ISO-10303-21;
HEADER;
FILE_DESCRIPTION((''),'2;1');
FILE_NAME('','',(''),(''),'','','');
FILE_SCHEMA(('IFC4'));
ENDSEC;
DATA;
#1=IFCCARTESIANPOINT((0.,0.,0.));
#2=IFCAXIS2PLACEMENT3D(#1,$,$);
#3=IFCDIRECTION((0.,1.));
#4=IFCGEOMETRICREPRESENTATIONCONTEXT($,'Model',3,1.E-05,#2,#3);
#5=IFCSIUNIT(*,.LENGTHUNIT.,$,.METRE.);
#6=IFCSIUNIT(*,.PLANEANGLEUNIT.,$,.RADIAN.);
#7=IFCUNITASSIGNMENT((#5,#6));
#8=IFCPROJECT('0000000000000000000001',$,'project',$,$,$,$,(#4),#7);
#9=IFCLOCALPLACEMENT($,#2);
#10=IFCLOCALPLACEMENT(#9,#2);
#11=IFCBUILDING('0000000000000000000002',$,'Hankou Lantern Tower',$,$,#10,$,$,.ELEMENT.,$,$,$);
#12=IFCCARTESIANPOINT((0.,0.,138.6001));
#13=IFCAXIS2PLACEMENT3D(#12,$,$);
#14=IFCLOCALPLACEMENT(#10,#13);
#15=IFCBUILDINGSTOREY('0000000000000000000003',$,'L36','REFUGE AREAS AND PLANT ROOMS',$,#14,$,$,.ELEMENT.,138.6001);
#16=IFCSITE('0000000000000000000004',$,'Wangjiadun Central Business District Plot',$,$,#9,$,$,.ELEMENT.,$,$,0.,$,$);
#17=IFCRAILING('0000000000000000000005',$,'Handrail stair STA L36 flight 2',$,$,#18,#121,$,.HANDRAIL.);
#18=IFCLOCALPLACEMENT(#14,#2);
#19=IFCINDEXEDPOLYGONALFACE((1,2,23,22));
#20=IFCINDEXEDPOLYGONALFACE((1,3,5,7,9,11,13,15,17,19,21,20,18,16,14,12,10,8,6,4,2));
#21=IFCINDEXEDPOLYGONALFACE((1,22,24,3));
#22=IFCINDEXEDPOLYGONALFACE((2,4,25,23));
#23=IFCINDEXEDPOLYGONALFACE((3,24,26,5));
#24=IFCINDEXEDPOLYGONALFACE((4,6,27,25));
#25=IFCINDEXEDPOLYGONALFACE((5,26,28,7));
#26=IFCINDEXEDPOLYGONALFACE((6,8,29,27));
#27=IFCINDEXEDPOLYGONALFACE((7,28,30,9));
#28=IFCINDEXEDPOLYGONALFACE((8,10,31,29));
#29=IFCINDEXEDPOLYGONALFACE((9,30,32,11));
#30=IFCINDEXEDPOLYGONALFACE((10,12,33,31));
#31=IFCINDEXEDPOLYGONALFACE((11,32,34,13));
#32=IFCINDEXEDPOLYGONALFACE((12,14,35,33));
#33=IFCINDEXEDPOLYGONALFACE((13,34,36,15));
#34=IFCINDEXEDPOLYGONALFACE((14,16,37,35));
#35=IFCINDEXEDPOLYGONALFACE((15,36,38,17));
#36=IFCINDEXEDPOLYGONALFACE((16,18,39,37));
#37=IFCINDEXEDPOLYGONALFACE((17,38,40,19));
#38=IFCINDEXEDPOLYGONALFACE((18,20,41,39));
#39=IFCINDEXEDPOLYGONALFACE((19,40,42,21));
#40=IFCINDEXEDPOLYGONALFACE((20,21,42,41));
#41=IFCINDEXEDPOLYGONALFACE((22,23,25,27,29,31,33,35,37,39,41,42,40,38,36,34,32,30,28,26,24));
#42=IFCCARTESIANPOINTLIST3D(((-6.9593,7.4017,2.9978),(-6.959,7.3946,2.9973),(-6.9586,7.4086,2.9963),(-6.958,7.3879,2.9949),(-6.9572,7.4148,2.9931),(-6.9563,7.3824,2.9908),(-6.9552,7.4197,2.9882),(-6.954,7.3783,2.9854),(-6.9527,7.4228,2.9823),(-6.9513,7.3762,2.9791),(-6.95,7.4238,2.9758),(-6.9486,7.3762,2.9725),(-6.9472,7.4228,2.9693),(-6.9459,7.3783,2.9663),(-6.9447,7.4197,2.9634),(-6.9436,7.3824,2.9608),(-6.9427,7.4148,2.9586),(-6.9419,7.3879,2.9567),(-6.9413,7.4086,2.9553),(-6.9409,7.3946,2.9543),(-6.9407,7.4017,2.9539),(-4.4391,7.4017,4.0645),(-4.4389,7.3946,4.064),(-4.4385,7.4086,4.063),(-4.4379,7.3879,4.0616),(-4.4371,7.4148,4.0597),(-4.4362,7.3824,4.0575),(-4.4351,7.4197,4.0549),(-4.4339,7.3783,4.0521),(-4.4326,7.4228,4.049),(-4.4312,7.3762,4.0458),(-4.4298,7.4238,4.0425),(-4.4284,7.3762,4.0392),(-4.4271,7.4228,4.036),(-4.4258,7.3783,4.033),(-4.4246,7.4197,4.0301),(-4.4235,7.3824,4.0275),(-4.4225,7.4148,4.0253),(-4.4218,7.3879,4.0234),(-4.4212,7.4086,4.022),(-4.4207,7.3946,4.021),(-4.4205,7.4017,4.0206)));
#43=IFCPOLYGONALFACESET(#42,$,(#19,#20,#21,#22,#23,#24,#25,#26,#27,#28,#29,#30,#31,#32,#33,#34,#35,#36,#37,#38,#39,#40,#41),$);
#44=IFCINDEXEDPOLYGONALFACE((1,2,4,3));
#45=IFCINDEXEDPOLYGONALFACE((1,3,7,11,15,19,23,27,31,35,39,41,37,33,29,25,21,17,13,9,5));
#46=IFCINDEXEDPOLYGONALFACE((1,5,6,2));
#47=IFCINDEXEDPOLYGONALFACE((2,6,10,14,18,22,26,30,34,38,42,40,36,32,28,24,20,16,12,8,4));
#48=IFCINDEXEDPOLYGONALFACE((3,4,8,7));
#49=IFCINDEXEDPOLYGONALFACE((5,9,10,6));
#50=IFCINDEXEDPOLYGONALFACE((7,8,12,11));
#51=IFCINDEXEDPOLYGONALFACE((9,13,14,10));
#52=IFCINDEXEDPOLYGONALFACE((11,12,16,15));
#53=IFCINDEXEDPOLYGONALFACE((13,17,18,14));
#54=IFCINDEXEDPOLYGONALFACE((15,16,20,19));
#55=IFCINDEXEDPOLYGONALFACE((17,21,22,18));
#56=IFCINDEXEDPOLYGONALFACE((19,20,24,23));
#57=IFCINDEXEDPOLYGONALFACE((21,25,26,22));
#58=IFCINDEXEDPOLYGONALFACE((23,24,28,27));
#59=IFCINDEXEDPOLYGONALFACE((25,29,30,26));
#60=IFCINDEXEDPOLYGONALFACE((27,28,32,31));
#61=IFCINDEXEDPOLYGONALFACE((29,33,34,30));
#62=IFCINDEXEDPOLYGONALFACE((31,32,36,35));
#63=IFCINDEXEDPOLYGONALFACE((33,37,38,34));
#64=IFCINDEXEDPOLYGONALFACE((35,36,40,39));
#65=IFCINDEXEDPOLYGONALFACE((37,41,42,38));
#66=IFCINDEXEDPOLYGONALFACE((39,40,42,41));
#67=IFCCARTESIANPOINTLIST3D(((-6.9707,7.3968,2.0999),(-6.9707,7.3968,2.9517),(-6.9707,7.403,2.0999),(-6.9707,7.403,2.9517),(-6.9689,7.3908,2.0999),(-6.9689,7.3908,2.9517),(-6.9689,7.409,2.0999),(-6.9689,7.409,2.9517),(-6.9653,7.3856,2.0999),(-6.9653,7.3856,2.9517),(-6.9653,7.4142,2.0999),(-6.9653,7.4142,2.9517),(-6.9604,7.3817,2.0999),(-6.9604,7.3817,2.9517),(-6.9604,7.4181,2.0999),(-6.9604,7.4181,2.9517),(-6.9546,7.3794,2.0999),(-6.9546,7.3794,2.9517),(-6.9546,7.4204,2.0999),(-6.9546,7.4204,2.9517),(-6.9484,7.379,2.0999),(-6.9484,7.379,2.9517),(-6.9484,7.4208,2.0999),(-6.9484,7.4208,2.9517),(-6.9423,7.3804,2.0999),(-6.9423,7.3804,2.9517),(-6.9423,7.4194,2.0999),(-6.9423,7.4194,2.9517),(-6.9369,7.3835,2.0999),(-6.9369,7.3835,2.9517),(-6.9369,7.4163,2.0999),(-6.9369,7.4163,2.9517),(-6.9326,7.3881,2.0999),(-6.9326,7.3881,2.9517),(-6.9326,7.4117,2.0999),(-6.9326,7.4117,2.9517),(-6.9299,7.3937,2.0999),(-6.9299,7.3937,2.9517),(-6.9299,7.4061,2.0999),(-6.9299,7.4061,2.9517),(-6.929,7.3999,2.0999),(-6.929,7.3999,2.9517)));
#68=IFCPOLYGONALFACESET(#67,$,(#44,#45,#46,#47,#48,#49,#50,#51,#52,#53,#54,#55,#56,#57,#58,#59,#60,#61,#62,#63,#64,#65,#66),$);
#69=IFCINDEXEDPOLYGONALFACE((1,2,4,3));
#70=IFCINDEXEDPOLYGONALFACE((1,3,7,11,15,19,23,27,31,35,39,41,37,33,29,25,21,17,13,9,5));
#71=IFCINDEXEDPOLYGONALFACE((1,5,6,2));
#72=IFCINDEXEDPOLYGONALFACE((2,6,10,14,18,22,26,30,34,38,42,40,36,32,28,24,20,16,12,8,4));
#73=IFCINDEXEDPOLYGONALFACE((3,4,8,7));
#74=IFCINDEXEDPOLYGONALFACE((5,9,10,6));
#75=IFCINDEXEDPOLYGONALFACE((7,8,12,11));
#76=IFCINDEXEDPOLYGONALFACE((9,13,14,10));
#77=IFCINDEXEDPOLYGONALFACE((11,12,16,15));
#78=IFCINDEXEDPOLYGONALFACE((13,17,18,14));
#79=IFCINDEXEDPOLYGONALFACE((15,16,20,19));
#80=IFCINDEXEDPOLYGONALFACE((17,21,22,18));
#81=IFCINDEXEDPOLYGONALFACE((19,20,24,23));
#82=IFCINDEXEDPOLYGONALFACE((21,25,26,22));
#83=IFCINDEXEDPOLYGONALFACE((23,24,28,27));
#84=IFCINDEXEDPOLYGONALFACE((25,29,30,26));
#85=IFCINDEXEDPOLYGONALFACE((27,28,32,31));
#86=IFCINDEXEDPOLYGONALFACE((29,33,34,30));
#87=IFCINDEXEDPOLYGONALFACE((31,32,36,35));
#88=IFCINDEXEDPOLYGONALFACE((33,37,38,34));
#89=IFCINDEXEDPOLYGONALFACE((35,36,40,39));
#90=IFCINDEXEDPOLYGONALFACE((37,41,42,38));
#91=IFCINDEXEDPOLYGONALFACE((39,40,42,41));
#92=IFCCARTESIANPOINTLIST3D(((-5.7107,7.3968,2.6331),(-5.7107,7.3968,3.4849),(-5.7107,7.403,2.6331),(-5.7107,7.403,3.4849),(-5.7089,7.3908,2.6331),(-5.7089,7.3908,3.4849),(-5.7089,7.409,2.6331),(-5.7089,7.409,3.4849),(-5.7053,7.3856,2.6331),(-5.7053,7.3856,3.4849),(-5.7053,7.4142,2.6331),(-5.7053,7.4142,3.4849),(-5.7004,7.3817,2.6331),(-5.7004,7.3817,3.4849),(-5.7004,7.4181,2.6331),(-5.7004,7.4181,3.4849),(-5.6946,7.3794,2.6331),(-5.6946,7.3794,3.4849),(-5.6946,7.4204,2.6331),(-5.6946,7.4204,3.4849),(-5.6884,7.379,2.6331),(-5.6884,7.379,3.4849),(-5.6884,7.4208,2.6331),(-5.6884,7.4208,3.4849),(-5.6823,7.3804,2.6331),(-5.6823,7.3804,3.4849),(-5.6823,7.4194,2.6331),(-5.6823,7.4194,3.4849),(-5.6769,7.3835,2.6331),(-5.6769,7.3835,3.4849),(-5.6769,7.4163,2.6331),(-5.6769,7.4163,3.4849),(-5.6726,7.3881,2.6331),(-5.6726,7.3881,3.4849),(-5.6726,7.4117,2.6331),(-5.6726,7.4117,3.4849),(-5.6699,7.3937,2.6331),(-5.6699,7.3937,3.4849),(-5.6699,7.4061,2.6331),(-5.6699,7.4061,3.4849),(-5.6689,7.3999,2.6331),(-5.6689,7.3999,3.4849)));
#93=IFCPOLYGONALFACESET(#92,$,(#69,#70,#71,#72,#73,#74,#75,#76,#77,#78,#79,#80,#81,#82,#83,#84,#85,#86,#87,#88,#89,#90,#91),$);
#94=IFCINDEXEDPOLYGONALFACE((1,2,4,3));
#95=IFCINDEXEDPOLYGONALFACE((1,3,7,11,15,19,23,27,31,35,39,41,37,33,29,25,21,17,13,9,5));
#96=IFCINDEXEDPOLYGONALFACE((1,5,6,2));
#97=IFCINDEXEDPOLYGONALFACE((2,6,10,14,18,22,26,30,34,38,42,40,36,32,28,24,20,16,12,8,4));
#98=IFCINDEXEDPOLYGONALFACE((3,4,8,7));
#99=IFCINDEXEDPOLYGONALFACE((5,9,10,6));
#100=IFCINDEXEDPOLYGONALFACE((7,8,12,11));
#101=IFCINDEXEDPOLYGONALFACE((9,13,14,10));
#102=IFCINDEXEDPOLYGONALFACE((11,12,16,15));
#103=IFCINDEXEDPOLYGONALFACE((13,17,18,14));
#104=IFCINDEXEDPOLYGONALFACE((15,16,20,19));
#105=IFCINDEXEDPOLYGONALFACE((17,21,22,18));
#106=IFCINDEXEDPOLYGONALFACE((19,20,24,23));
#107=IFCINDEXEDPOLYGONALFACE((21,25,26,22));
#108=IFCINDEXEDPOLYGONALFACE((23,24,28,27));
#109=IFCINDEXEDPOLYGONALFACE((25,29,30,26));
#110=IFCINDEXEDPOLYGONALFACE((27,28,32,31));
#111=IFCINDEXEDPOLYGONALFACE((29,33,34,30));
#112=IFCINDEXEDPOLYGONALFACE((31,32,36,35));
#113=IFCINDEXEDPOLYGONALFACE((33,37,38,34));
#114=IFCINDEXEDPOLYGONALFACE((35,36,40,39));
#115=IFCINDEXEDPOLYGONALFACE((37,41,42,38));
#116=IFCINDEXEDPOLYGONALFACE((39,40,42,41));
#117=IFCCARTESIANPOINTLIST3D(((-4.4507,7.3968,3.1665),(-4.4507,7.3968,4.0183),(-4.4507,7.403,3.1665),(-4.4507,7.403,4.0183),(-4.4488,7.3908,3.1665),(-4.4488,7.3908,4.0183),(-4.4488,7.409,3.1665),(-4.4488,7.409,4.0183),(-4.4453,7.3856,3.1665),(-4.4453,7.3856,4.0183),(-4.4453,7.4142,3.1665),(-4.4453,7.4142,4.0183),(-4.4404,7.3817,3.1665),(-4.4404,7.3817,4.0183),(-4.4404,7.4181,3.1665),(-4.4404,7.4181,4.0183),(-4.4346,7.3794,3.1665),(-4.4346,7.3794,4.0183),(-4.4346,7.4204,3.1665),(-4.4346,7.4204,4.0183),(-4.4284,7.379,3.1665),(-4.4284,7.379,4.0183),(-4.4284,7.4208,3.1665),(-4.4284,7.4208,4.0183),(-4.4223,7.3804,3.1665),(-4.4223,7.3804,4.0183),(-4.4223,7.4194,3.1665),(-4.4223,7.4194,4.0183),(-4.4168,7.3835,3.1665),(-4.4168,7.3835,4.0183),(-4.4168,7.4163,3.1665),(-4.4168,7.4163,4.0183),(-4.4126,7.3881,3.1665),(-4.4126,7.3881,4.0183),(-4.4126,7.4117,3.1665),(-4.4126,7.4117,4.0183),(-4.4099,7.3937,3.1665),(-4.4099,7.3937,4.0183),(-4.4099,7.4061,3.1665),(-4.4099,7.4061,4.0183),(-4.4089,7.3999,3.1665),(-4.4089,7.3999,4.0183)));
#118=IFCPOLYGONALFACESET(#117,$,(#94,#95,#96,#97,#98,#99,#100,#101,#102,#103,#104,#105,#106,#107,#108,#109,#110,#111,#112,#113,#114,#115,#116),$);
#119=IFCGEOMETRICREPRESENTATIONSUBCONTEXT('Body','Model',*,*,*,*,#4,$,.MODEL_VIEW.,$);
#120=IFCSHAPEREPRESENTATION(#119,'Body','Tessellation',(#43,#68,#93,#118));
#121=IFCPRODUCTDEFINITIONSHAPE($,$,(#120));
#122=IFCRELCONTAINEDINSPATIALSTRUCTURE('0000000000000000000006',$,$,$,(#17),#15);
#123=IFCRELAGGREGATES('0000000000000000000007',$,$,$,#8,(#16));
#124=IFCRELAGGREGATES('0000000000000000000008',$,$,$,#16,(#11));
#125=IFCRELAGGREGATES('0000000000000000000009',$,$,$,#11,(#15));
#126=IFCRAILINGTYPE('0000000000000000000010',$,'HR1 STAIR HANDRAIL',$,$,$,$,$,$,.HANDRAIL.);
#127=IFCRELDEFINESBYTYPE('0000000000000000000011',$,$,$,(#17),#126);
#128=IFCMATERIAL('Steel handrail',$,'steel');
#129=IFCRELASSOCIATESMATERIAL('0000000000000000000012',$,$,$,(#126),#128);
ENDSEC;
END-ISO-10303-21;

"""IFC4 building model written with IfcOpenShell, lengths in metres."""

from ifc_helpers import new_model, si_unit, direction, frame, origin, origin_2d, place, context, subcontext, project, spatial, circle, extrude, material, type_object, element, save


model = new_model("IFC4")

# Units and contexts
model_context = context("Model", 3, precision=1e-05, world=origin(), true_north=direction((0.0, 1.0)))
body_context = subcontext(model_context, "Body", "Model", "MODEL_VIEW")
ifc_project = project(units=[si_unit("LENGTHUNIT", "METRE"), si_unit("PLANEANGLEUNIT", "RADIAN")], contexts=[model_context])

# Site, building, storey
site_placement = place(None, origin())
site = spatial("IfcSite", under=ifc_project, at=site_placement, Name="Wangjiadun Central Business District Plot", CompositionType="ELEMENT", RefElevation=0.0)
building_placement = place(site_placement, origin())
building = spatial("IfcBuilding", under=site, at=building_placement, Name="Hankou Lantern Tower", CompositionType="ELEMENT")
storey_placement = place(building_placement, frame((0.0, 0.0, 138.6001)))
storey = spatial("IfcBuildingStorey", under=building, at=storey_placement, Name="L36", Description="REFUGE AREAS AND PLANT ROOMS", CompositionType="ELEMENT", Elevation=138.6001)

# Railing
ifc_material_1 = material(Name="Steel handrail", Category="steel")
railing_type = type_object("IfcRailingType", Name="HR1 STAIR HANDRAIL", PredefinedType="HANDRAIL", material=ifc_material_1)
railing_1_placement = place(storey_placement, frame((-6.95, 7.3999, 2.0999)))
element("IfcRailing", 1, at=railing_1_placement, inside=storey, type_object=railing_type, Name="Handrail stair STA L36 flight 2", PredefinedType="HANDRAIL", context=body_context, shape_type="SweptSolid", body=[
    extrude(circle(Radius=0.0239, at=origin_2d()), frame((0.0, 0.0, 0.876), z_axis=(0.920903, 0.0, 0.389791), x_axis=(0.0, 1.0, 0.0)), (0.0, 0.0, 1.0), 2.7366),
    extrude(circle(Radius=0.021, at=origin_2d()), origin(), (0.0, 0.0, 1.0), 0.8518),
    extrude(circle(Radius=0.021, at=origin_2d()), frame((1.26, 0.0, 0.5332)), (0.0, 0.0, 1.0), 0.8518),
    extrude(circle(Radius=0.021, at=origin_2d()), frame((2.52, 0.0, 1.0667)), (0.0, 0.0, 1.0), 0.8518),
])

save(model, "model.ifc")
